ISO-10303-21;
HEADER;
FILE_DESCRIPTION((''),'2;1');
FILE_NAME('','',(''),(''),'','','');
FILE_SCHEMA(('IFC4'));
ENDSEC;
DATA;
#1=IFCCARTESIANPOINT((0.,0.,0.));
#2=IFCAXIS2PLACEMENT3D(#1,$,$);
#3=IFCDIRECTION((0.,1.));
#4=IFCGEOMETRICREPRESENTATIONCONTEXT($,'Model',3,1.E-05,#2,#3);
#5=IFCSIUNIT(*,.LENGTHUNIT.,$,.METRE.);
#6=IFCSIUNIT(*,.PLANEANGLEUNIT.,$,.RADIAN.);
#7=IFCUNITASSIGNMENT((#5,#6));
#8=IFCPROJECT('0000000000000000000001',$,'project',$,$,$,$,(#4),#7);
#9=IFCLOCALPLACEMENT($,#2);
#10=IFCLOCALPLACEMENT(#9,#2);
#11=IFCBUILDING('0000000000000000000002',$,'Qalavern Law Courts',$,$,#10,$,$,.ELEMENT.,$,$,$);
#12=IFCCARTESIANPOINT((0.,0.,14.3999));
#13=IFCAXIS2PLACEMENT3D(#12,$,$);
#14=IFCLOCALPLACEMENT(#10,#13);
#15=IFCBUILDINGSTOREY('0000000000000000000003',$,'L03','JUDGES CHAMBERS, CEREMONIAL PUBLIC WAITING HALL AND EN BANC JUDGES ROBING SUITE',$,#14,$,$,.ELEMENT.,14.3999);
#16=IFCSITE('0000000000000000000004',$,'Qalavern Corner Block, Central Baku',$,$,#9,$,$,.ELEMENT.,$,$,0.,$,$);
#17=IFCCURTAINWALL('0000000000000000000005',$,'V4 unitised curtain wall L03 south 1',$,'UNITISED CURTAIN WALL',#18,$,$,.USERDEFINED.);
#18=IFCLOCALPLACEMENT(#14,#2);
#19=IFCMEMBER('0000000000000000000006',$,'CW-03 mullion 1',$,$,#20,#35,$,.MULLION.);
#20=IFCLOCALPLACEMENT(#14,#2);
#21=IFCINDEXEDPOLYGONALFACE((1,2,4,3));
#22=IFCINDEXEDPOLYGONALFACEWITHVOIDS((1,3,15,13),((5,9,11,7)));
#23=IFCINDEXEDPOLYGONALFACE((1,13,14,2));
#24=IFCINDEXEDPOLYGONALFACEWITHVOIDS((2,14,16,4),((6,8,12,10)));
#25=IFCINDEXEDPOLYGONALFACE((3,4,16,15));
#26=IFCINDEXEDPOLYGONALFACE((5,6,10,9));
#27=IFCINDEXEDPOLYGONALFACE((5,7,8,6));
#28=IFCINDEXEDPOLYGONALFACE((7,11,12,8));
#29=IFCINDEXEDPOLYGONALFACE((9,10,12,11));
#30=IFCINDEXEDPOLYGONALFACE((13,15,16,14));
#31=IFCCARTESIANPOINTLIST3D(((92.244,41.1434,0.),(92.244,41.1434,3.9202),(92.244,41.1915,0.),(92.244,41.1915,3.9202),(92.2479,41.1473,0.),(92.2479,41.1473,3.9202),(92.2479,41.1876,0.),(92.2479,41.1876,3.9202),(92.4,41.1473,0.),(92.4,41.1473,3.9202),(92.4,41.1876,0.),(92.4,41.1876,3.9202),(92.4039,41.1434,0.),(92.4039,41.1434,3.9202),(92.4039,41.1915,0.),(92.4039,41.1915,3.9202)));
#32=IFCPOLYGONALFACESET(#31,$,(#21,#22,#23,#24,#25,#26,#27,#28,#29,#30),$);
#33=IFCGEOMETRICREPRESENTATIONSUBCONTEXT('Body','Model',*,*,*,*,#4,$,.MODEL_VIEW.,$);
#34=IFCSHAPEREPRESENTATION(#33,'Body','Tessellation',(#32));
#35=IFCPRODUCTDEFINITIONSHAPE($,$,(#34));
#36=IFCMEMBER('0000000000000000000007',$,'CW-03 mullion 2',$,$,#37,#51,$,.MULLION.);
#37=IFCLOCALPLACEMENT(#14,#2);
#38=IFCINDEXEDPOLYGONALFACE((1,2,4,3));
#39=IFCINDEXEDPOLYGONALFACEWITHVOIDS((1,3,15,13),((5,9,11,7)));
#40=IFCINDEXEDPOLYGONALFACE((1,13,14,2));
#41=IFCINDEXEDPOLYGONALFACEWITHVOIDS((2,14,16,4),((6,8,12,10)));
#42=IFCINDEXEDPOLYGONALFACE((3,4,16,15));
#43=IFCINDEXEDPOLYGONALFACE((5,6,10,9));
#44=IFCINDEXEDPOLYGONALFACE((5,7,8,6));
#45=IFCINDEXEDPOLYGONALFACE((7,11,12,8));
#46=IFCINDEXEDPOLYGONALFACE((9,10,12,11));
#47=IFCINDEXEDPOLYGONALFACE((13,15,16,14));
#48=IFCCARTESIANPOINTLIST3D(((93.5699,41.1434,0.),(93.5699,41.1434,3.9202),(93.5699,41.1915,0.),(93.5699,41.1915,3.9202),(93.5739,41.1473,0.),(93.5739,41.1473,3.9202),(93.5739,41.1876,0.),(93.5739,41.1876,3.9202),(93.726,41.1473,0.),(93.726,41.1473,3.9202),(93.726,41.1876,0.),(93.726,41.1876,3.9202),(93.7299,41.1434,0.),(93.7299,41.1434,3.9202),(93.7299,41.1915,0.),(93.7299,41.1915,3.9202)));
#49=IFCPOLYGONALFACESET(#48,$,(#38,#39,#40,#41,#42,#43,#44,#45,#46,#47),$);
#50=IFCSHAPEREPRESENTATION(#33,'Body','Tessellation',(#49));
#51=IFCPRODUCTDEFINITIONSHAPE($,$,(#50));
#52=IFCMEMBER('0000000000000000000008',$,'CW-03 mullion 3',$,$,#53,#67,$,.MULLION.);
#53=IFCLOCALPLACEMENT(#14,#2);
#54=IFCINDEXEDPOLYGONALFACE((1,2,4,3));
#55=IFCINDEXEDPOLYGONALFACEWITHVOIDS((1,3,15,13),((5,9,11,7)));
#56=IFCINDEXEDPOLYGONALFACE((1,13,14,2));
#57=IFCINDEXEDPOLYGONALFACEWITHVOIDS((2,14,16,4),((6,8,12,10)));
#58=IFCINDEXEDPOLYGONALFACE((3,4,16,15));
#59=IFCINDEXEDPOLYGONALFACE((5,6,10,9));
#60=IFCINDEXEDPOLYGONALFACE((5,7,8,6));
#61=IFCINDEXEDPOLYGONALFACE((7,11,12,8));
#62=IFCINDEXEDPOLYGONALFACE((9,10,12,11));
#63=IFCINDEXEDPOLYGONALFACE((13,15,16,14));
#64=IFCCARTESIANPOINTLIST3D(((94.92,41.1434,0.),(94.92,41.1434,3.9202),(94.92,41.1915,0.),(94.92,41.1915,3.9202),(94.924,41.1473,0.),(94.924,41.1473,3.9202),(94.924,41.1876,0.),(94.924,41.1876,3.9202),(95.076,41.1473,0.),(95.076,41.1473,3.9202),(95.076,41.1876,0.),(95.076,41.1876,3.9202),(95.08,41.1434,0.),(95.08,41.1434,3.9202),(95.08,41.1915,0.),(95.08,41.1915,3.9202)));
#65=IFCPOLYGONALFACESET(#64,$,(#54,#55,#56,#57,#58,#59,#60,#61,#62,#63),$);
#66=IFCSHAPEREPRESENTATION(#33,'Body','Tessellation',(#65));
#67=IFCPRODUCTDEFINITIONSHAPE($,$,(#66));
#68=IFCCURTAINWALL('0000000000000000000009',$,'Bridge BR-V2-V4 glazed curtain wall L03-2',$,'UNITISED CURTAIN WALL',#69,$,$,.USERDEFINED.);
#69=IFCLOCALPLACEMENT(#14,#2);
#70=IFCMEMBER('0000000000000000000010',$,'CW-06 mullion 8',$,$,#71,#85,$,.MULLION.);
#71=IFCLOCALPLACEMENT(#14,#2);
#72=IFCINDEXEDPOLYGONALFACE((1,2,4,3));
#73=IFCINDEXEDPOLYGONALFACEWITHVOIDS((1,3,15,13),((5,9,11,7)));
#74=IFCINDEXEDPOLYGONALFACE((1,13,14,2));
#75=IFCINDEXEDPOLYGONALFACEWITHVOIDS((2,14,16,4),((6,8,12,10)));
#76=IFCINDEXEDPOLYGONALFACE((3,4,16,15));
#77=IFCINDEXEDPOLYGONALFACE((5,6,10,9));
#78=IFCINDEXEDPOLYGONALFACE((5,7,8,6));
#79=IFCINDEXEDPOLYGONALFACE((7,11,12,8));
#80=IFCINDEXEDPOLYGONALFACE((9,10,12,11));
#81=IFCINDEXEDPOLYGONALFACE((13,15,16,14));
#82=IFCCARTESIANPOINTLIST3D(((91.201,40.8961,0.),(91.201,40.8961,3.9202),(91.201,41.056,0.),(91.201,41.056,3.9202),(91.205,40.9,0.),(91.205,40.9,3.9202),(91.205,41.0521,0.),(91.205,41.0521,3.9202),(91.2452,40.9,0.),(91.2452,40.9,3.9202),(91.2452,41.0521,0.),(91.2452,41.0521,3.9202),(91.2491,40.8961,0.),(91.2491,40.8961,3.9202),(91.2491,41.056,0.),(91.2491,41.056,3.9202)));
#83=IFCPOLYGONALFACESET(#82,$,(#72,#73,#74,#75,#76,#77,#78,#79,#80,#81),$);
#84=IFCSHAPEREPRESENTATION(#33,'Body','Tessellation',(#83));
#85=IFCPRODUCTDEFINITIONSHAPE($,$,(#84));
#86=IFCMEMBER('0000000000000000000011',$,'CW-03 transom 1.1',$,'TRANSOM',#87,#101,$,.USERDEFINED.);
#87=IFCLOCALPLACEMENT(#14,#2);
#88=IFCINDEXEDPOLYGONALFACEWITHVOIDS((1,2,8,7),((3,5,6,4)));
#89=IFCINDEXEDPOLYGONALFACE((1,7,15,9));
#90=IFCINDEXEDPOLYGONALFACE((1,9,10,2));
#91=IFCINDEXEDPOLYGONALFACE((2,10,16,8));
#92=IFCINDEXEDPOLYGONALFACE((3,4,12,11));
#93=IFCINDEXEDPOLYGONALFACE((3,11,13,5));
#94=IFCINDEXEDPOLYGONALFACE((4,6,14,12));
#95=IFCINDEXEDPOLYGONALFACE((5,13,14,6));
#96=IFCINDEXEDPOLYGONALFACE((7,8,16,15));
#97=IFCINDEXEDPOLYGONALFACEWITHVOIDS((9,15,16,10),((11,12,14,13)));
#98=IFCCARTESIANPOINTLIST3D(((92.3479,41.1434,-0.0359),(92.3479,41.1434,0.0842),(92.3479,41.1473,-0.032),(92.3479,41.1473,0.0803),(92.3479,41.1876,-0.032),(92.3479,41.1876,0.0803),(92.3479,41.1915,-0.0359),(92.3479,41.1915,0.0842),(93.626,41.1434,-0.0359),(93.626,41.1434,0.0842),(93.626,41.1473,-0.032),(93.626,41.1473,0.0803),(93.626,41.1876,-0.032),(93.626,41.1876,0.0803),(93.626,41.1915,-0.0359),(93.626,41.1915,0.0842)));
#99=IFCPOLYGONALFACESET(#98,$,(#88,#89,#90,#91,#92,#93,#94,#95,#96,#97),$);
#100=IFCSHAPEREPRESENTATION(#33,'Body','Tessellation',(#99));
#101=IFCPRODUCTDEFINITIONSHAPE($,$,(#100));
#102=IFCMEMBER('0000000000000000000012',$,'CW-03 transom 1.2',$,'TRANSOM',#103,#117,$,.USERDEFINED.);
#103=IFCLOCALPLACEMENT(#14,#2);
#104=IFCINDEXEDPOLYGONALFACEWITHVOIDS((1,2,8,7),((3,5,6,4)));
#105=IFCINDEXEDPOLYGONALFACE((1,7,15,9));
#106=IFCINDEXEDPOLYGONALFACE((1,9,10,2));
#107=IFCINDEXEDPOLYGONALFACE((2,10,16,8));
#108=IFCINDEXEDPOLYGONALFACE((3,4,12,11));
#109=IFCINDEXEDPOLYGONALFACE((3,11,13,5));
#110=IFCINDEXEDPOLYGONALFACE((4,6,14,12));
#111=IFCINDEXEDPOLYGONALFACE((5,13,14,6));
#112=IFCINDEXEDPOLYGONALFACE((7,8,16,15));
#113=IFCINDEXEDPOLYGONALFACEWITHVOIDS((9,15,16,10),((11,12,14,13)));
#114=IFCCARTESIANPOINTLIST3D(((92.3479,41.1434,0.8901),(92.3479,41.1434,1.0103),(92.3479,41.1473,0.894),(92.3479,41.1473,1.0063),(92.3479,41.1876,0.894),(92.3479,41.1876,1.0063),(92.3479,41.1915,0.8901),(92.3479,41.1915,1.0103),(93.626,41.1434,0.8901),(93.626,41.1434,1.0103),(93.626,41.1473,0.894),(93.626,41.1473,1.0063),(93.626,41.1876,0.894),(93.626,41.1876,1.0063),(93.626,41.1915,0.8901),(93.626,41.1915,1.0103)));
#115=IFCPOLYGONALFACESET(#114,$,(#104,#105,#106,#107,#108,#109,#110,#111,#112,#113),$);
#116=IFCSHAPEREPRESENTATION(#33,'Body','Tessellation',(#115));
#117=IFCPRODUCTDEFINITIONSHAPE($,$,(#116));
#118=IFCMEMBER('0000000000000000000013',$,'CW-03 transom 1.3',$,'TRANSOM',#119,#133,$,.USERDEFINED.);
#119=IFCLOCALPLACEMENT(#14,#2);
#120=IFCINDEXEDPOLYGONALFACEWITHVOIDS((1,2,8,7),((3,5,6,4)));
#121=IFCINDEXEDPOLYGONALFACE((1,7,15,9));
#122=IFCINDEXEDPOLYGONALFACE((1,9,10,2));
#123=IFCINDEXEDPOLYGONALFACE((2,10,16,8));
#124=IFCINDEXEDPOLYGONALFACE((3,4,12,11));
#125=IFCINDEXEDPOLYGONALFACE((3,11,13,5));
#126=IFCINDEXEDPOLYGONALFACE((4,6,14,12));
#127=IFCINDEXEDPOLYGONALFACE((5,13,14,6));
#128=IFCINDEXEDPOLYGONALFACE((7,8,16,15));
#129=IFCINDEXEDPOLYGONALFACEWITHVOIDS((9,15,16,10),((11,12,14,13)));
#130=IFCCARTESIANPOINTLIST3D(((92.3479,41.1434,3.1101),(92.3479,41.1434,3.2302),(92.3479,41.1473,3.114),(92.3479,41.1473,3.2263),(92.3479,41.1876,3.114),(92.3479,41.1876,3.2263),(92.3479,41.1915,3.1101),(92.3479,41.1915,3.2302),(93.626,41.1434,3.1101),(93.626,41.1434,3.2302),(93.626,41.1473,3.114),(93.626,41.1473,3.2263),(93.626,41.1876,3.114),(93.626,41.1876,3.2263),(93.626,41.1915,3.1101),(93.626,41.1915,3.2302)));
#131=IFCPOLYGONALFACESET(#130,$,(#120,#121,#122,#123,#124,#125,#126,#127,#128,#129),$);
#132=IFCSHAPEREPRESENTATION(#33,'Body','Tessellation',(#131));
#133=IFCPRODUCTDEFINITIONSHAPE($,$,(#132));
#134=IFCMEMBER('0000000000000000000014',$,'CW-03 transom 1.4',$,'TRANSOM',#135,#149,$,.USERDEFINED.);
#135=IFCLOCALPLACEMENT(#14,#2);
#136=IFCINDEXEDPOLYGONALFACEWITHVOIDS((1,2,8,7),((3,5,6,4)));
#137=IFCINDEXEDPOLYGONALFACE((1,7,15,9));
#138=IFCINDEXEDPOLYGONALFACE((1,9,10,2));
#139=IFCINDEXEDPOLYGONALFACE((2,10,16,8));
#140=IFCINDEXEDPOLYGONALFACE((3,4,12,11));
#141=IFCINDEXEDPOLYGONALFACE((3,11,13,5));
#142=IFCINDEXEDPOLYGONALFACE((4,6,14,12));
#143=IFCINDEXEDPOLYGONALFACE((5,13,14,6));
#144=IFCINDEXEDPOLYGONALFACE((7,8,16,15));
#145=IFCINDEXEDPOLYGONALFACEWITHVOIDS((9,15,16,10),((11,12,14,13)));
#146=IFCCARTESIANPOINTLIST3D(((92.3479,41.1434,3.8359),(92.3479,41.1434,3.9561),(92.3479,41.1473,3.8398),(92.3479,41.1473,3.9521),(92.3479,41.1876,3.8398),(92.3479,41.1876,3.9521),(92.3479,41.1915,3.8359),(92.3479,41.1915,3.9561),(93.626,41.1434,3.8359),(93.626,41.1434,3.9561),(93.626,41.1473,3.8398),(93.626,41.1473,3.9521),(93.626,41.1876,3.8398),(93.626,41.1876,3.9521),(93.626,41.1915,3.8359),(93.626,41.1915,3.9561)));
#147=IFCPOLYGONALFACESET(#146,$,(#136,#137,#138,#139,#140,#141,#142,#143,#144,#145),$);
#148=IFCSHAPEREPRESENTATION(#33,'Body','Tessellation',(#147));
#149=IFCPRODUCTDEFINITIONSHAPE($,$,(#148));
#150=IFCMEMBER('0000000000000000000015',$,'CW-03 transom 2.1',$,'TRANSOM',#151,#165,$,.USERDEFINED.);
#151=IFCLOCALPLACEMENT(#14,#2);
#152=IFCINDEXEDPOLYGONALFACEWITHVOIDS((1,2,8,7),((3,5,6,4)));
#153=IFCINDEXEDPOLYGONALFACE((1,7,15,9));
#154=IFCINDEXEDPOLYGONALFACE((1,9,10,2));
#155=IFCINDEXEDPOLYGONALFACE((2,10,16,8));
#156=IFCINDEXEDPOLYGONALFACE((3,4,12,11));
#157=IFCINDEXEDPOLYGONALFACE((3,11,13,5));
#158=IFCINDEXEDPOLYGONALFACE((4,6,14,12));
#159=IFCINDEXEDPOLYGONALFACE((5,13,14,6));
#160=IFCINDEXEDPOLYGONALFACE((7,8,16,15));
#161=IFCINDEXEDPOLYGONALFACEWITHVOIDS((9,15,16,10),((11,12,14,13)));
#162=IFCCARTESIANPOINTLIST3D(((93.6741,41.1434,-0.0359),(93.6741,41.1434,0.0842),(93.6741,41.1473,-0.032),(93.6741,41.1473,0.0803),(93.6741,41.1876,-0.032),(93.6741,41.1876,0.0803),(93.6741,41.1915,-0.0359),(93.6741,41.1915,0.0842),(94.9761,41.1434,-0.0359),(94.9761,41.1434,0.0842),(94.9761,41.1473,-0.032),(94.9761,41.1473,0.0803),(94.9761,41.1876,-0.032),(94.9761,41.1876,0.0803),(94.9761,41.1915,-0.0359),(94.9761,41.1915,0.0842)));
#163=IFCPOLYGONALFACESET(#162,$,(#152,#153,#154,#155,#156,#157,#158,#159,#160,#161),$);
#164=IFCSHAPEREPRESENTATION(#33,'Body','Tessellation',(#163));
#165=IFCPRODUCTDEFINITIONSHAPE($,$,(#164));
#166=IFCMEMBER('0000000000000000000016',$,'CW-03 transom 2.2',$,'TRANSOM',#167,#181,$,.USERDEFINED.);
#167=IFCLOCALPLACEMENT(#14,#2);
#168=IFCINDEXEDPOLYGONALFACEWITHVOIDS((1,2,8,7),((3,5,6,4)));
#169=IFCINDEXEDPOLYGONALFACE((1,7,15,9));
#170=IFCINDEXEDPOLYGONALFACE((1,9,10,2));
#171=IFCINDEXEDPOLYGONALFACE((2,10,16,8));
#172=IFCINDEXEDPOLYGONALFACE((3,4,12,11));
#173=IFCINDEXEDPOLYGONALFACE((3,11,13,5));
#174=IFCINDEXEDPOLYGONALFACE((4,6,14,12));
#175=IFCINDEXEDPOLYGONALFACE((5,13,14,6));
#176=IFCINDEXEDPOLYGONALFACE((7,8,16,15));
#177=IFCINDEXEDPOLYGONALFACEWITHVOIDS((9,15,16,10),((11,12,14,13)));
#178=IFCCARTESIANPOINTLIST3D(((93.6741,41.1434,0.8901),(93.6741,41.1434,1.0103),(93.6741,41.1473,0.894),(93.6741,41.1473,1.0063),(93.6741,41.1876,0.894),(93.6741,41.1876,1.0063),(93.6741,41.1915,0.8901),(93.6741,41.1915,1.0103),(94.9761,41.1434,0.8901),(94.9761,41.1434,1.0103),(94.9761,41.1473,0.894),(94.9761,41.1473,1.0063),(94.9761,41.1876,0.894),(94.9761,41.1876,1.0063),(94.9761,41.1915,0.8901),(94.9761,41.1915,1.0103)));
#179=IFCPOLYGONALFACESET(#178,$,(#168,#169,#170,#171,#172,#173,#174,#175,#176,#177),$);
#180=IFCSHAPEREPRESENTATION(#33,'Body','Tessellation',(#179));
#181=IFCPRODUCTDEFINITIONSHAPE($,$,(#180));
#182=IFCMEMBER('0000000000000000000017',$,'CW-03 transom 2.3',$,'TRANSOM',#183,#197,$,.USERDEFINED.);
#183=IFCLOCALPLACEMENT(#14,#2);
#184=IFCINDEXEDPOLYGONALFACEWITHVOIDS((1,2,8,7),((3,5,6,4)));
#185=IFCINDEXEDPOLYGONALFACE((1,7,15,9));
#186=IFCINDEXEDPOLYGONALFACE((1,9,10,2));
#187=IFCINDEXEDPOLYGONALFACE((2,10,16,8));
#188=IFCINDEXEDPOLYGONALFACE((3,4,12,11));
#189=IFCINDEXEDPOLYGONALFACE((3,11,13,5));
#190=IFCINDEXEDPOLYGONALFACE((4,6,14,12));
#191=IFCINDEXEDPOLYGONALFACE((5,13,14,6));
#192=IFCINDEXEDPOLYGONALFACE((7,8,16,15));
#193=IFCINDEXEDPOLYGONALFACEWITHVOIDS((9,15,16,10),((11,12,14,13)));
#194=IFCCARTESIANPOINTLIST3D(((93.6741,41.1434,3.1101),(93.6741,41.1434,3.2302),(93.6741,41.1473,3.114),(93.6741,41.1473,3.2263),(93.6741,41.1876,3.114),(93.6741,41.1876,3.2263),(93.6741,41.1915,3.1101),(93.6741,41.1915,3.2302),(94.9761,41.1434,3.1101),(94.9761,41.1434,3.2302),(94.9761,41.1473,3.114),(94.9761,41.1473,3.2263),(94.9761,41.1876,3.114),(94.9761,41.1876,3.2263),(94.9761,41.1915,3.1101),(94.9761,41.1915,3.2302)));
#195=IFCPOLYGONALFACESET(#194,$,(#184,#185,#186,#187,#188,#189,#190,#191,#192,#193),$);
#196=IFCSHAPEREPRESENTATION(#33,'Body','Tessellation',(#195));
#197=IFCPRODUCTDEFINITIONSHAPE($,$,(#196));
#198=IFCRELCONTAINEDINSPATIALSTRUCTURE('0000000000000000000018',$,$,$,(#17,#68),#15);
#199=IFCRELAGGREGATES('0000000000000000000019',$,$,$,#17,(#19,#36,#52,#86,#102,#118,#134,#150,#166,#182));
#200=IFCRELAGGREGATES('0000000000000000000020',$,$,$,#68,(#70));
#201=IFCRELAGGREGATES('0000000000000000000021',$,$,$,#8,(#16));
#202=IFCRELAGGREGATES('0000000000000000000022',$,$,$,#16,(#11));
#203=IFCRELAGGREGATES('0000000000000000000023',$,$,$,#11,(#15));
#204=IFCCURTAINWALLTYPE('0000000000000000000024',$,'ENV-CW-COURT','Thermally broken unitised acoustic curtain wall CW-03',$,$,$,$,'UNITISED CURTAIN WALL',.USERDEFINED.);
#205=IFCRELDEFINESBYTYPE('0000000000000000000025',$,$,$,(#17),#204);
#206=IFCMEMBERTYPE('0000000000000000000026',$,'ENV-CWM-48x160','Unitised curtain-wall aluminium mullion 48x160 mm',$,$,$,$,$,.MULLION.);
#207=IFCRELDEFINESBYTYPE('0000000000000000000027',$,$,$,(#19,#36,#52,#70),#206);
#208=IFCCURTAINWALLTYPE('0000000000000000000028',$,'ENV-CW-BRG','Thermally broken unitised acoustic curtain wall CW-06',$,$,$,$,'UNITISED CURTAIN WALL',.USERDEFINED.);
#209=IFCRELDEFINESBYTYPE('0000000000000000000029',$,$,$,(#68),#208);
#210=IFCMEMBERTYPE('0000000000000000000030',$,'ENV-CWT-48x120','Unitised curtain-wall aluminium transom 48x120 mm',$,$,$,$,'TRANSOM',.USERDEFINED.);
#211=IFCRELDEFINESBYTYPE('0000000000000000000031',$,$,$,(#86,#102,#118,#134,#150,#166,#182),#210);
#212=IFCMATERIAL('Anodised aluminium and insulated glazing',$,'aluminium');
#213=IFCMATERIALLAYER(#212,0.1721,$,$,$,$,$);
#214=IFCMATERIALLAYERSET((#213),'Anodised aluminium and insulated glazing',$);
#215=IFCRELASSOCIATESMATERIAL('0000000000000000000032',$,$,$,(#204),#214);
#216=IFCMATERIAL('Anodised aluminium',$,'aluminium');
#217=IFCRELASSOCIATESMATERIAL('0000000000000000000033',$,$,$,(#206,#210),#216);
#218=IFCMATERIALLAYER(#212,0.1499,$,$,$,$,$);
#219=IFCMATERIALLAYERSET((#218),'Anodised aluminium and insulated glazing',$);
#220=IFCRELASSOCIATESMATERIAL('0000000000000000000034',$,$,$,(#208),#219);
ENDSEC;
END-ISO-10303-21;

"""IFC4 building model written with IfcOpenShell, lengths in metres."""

from ifc_helpers import new_model, si_unit, direction, frame, origin, origin_2d, place, context, subcontext, project, spatial, hollow_rectangle, extrude, material, layer, layer_set, material_profile, profile_set, type_object, element, aggregate, save


model = new_model("IFC4")

# Units and contexts
model_context = context("Model", 3, precision=1e-05, world=origin(), true_north=direction((0.0, 1.0)))
body_context = subcontext(model_context, "Body", "Model", "MODEL_VIEW")
ifc_project = project(units=[si_unit("LENGTHUNIT", "METRE"), si_unit("PLANEANGLEUNIT", "RADIAN")], contexts=[model_context])

# Site, building, storey
site_placement = place(None, origin())
site = spatial("IfcSite", under=ifc_project, at=site_placement, Name="Qalavern Corner Block, Central Baku", CompositionType="ELEMENT", RefElevation=0.0)
building_placement = place(site_placement, origin())
building = spatial("IfcBuilding", under=site, at=building_placement, Name="Qalavern Law Courts", CompositionType="ELEMENT")
storey_placement = place(building_placement, frame((0.0, 0.0, 14.3999)))
storey = spatial("IfcBuildingStorey", under=building, at=storey_placement, Name="L03", Description="JUDGES CHAMBERS, CEREMONIAL PUBLIC WAITING HALL AND EN BANC JUDGES ROBING SUITE", CompositionType="ELEMENT", Elevation=14.3999)

# Curtain wall, members
ifc_material_1 = material(Name="Anodised aluminium and insulated glazing", Category="aluminium")
ifc_layer_1 = layer(ifc_material_1, 0.1721)
ifc_layer_set_1 = layer_set([ifc_layer_1], Name="Anodised aluminium and insulated glazing")
curtain_wall_type_1 = type_object("IfcCurtainWallType", Name="ENV-CW-COURT", Description="Thermally broken unitised acoustic curtain wall CW-03", ElementType="UNITISED CURTAIN WALL", PredefinedType="USERDEFINED", material=ifc_layer_set_1)
curtain_wall_1_placement = place(storey_placement, origin())
curtain_wall_1 = element("IfcCurtainWall", 1, at=curtain_wall_1_placement, inside=storey, type_object=curtain_wall_type_1, Name="V4 unitised curtain wall L03 south 1", ObjectType="UNITISED CURTAIN WALL", PredefinedType="USERDEFINED")
ifc_material_2 = material(Name="Anodised aluminium", Category="aluminium")
ifc_material_profile_1 = material_profile(ifc_material_2, hollow_rectangle(XDim=0.0481, YDim=0.1599, WallThickness=0.0039, at=origin_2d()), Name="ALU MULLION 48x160")
ifc_profile_set_1 = profile_set([ifc_material_profile_1], Name="Anodised aluminium")
member_type_1 = type_object("IfcMemberType", Name="ENV-CWM-48x160", Description="Unitised curtain-wall aluminium mullion 48x160 mm", PredefinedType="MULLION", material=ifc_profile_set_1)
member_1_placement = place(storey_placement, frame((92.324, 41.1675, 0.0), z_axis=(0.0, 0.0, 1.0), x_axis=(0.0, 1.0, 0.0)))
member_1 = element("IfcMember", 2, at=member_1_placement, type_object=member_type_1, Name="CW-03 mullion 1", PredefinedType="MULLION", context=body_context, shape_type="SweptSolid", body=[
    extrude(hollow_rectangle(XDim=0.0481, YDim=0.1599, WallThickness=0.0039, at=origin_2d()), origin(), (0.0, 0.0, 1.0), 3.9202),
])
member_2_placement = place(storey_placement, frame((93.6499, 41.1675, 0.0), z_axis=(0.0, 0.0, 1.0), x_axis=(0.0, 1.0, 0.0)))
member_2 = element("IfcMember", 3, at=member_2_placement, type_object=member_type_1, Name="CW-03 mullion 2", PredefinedType="MULLION", context=body_context, shape_type="SweptSolid", body=[
    extrude(hollow_rectangle(XDim=0.0481, YDim=0.1599, WallThickness=0.0039, at=origin_2d()), origin(), (0.0, 0.0, 1.0), 3.9202),
])
member_3_placement = place(storey_placement, frame((95.0, 41.1675, 0.0), z_axis=(0.0, 0.0, 1.0), x_axis=(0.0, 1.0, 0.0)))
member_3 = element("IfcMember", 4, at=member_3_placement, type_object=member_type_1, Name="CW-03 mullion 3", PredefinedType="MULLION", context=body_context, shape_type="SweptSolid", body=[
    extrude(hollow_rectangle(XDim=0.0481, YDim=0.1599, WallThickness=0.0039, at=origin_2d()), origin(), (0.0, 0.0, 1.0), 3.9202),
])

# Curtain wall, member
ifc_layer_2 = layer(ifc_material_1, 0.1499)
ifc_layer_set_2 = layer_set([ifc_layer_2], Name="Anodised aluminium and insulated glazing")
curtain_wall_type_2 = type_object("IfcCurtainWallType", Name="ENV-CW-BRG", Description="Thermally broken unitised acoustic curtain wall CW-06", ElementType="UNITISED CURTAIN WALL", PredefinedType="USERDEFINED", material=ifc_layer_set_2)
curtain_wall_2_placement = place(storey_placement, origin())
curtain_wall_2 = element("IfcCurtainWall", 5, at=curtain_wall_2_placement, inside=storey, type_object=curtain_wall_type_2, Name="Bridge BR-V2-V4 glazed curtain wall L03-2", ObjectType="UNITISED CURTAIN WALL", PredefinedType="USERDEFINED")
member_4_placement = place(storey_placement, frame((91.2251, 40.9761, 0.0), z_axis=(0.0, 0.0, 1.0), x_axis=(-1.0, 0.0, 0.0)))
member_4 = element("IfcMember", 6, at=member_4_placement, type_object=member_type_1, Name="CW-06 mullion 8", PredefinedType="MULLION", context=body_context, shape_type="SweptSolid", body=[
    extrude(hollow_rectangle(XDim=0.0481, YDim=0.1599, WallThickness=0.0039, at=origin_2d()), origin(), (0.0, 0.0, 1.0), 3.9202),
])

# Members
ifc_material_profile_2 = material_profile(ifc_material_2, hollow_rectangle(XDim=0.0481, YDim=0.1201, WallThickness=0.0039, at=origin_2d()), Name="ALU TRANSOM 48x120")
ifc_profile_set_2 = profile_set([ifc_material_profile_2], Name="Anodised aluminium")
member_type_2 = type_object("IfcMemberType", Name="ENV-CWT-48x120", Description="Unitised curtain-wall aluminium transom 48x120 mm", ElementType="TRANSOM", PredefinedType="USERDEFINED", material=ifc_profile_set_2)
member_5_placement = place(storey_placement, frame((92.3479, 41.1675, 0.0242), z_axis=(1.0, 0.0, 0.0), x_axis=(0.0, 1.0, 0.0)))
member_5 = element("IfcMember", 7, at=member_5_placement, type_object=member_type_2, Name="CW-03 transom 1.1", ObjectType="TRANSOM", PredefinedType="USERDEFINED", context=body_context, shape_type="SweptSolid", body=[
    extrude(hollow_rectangle(XDim=0.0481, YDim=0.1201, WallThickness=0.0039, at=origin_2d()), origin(), (0.0, 0.0, 1.0), 1.2781),
])
member_6_placement = place(storey_placement, frame((92.3479, 41.1675, 0.9502), z_axis=(1.0, 0.0, 0.0), x_axis=(0.0, 1.0, 0.0)))
member_6 = element("IfcMember", 8, at=member_6_placement, type_object=member_type_2, Name="CW-03 transom 1.2", ObjectType="TRANSOM", PredefinedType="USERDEFINED", context=body_context, shape_type="SweptSolid", body=[
    extrude(hollow_rectangle(XDim=0.0481, YDim=0.1201, WallThickness=0.0039, at=origin_2d()), origin(), (0.0, 0.0, 1.0), 1.2781),
])
member_7_placement = place(storey_placement, frame((92.3479, 41.1675, 3.1702), z_axis=(1.0, 0.0, 0.0), x_axis=(0.0, 1.0, 0.0)))
member_7 = element("IfcMember", 9, at=member_7_placement, type_object=member_type_2, Name="CW-03 transom 1.3", ObjectType="TRANSOM", PredefinedType="USERDEFINED", context=body_context, shape_type="SweptSolid", body=[
    extrude(hollow_rectangle(XDim=0.0481, YDim=0.1201, WallThickness=0.0039, at=origin_2d()), origin(), (0.0, 0.0, 1.0), 1.2781),
])
member_8_placement = place(storey_placement, frame((92.3479, 41.1675, 3.896), z_axis=(1.0, 0.0, 0.0), x_axis=(0.0, 1.0, 0.0)))
member_8 = element("IfcMember", 10, at=member_8_placement, type_object=member_type_2, Name="CW-03 transom 1.4", ObjectType="TRANSOM", PredefinedType="USERDEFINED", context=body_context, shape_type="SweptSolid", body=[
    extrude(hollow_rectangle(XDim=0.0481, YDim=0.1201, WallThickness=0.0039, at=origin_2d()), origin(), (0.0, 0.0, 1.0), 1.2781),
])
member_9_placement = place(storey_placement, frame((93.6741, 41.1675, 0.0242), z_axis=(1.0, 0.0, 0.0), x_axis=(0.0, 1.0, 0.0)))
member_9 = element("IfcMember", 11, at=member_9_placement, type_object=member_type_2, Name="CW-03 transom 2.1", ObjectType="TRANSOM", PredefinedType="USERDEFINED", context=body_context, shape_type="SweptSolid", body=[
    extrude(hollow_rectangle(XDim=0.0481, YDim=0.1201, WallThickness=0.0039, at=origin_2d()), origin(), (0.0, 0.0, 1.0), 1.302),
])
member_10_placement = place(storey_placement, frame((93.6741, 41.1675, 0.9502), z_axis=(1.0, 0.0, 0.0), x_axis=(0.0, 1.0, 0.0)))
member_10 = element("IfcMember", 12, at=member_10_placement, type_object=member_type_2, Name="CW-03 transom 2.2", ObjectType="TRANSOM", PredefinedType="USERDEFINED", context=body_context, shape_type="SweptSolid", body=[
    extrude(hollow_rectangle(XDim=0.0481, YDim=0.1201, WallThickness=0.0039, at=origin_2d()), origin(), (0.0, 0.0, 1.0), 1.302),
])
member_11_placement = place(storey_placement, frame((93.6741, 41.1675, 3.1702), z_axis=(1.0, 0.0, 0.0), x_axis=(0.0, 1.0, 0.0)))
member_11 = element("IfcMember", 13, at=member_11_placement, type_object=member_type_2, Name="CW-03 transom 2.3", ObjectType="TRANSOM", PredefinedType="USERDEFINED", context=body_context, shape_type="SweptSolid", body=[
    extrude(hollow_rectangle(XDim=0.0481, YDim=0.1201, WallThickness=0.0039, at=origin_2d()), origin(), (0.0, 0.0, 1.0), 1.302),
])

aggregate(curtain_wall_1, [member_1, member_2, member_3, member_5, member_6, member_7, member_8, member_9, member_10, member_11])
aggregate(curtain_wall_2, [member_4])

save(model, "model.ifc")
